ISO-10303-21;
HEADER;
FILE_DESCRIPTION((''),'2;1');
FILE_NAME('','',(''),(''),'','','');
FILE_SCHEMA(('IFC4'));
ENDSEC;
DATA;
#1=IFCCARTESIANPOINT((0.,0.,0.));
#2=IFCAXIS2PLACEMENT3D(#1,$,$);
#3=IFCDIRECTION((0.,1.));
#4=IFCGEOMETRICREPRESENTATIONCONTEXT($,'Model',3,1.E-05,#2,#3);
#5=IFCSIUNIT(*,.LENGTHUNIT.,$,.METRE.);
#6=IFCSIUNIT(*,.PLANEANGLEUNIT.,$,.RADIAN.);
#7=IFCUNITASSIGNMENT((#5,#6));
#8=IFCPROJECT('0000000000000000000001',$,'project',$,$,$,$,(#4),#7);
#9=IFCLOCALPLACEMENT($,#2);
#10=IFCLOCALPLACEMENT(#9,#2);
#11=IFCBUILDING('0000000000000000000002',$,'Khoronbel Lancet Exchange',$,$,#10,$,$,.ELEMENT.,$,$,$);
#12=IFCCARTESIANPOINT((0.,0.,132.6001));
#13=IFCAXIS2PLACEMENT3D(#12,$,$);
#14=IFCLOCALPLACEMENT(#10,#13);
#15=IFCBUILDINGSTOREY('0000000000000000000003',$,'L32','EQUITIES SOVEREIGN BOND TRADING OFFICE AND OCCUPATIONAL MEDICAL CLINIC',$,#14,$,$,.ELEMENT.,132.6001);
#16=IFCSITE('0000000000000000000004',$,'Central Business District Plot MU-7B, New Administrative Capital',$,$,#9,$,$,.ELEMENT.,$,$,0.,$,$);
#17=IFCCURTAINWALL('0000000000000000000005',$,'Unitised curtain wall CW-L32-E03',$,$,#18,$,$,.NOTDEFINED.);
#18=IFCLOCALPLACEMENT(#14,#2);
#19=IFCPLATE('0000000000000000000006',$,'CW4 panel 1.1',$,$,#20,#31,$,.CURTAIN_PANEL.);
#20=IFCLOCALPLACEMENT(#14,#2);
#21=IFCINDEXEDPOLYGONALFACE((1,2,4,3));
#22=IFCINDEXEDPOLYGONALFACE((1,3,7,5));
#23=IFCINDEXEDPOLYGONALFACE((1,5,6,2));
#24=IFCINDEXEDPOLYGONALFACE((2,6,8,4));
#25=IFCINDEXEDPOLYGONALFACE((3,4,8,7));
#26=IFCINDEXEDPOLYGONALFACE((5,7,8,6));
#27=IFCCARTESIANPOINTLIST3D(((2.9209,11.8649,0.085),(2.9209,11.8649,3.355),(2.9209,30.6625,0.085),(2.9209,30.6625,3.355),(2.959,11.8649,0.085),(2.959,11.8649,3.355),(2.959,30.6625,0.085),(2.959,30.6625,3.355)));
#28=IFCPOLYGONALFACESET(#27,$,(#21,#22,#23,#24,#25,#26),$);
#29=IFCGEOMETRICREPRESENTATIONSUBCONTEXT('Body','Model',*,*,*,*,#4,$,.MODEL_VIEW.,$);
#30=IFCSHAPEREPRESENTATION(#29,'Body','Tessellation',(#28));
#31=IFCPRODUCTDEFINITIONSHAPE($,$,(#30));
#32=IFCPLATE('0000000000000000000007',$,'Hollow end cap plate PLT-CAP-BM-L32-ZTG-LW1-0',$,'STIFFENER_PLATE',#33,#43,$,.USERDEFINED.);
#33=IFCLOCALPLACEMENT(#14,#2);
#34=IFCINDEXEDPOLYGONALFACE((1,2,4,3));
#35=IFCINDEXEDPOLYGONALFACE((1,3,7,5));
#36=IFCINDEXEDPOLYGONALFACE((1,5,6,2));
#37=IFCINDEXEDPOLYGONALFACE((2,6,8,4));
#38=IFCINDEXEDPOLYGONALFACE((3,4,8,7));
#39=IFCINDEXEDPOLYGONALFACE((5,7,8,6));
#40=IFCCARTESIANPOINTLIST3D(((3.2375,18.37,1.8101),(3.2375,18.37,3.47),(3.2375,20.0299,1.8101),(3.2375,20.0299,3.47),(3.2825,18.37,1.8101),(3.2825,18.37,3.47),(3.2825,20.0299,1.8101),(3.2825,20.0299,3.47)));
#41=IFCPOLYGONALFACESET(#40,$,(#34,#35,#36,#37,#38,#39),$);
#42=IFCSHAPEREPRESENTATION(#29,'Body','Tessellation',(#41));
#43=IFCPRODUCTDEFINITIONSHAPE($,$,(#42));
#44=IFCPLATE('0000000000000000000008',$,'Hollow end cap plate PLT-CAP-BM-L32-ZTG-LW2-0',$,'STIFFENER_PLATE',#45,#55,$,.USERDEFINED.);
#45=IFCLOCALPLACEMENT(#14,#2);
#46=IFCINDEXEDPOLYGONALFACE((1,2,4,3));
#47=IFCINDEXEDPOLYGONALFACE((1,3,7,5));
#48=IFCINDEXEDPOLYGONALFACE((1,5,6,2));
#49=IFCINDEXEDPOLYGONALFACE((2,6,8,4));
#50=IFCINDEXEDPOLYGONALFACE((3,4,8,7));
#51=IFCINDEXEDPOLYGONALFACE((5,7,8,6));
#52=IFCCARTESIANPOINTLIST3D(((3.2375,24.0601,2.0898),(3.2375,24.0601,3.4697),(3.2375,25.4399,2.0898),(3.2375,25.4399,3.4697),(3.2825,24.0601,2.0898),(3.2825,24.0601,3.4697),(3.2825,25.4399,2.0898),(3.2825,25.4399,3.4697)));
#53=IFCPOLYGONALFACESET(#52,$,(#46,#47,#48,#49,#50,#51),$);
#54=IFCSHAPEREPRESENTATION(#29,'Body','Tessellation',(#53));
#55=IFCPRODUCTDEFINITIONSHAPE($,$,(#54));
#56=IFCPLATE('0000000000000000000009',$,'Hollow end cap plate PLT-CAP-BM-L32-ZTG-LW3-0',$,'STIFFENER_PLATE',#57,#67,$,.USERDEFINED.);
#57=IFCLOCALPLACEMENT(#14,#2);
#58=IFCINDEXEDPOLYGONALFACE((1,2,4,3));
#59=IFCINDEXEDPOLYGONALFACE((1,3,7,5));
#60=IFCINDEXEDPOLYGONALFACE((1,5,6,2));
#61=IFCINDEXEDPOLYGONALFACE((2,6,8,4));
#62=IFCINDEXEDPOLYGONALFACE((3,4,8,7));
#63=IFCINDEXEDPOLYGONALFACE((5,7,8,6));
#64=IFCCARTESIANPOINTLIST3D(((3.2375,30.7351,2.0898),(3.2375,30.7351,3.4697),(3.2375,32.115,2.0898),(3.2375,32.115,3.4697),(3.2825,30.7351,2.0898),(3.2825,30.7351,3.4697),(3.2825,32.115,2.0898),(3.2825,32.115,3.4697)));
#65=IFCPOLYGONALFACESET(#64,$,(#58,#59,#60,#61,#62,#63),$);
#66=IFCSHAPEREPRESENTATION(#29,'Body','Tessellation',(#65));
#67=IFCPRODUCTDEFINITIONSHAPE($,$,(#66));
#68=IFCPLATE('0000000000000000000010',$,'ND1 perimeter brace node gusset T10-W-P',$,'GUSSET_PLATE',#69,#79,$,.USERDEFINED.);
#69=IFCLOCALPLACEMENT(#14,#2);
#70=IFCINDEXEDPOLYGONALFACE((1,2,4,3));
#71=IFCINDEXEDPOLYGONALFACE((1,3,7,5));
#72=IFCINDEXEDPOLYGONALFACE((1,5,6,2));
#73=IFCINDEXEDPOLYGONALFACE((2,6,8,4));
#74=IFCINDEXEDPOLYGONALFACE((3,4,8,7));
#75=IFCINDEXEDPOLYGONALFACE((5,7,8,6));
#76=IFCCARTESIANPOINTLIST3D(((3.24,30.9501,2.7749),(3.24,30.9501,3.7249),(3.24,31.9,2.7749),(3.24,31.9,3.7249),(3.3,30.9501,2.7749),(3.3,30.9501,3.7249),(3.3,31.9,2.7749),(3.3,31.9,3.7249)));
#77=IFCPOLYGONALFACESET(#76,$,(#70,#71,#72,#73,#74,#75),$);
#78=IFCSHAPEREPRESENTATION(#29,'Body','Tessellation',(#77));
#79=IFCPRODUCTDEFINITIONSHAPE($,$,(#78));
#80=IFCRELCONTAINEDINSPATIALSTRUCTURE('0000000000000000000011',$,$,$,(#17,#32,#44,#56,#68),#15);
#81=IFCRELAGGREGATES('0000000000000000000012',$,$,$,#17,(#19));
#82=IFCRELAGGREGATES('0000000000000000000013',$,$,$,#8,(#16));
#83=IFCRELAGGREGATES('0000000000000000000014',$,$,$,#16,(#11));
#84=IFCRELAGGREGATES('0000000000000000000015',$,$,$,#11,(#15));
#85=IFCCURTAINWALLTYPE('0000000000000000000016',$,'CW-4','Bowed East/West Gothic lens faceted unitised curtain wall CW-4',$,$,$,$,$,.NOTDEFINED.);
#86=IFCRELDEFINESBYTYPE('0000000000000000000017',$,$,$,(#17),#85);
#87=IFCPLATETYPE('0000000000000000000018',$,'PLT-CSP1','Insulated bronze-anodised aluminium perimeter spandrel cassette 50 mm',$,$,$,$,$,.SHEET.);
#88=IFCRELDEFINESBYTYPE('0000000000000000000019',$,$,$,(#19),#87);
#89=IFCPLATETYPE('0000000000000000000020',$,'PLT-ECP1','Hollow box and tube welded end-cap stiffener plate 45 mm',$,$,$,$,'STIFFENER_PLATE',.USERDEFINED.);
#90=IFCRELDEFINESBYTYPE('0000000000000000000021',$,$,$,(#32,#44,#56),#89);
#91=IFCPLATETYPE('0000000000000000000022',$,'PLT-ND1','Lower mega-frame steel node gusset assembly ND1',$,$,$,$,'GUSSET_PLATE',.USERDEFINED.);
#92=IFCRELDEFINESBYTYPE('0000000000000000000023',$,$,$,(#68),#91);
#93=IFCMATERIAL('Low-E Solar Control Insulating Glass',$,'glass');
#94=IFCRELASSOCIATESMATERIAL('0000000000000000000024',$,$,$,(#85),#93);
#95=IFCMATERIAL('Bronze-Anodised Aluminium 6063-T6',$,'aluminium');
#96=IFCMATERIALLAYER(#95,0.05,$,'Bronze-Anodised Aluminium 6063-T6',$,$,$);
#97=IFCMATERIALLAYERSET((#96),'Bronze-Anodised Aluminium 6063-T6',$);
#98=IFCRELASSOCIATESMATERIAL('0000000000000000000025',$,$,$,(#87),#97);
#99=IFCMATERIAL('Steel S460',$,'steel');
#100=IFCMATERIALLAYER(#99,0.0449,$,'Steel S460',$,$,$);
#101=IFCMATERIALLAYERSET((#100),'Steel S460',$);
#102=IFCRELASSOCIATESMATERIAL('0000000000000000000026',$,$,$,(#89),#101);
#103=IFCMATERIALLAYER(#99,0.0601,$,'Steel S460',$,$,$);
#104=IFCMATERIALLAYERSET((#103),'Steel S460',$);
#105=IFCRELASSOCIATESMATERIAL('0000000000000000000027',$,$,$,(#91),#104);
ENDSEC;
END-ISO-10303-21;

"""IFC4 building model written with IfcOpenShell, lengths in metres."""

from ifc_helpers import new_model, si_unit, direction, frame, origin, origin_2d, place, context, subcontext, project, spatial, rectangle, extrude, material, layer, layer_set, type_object, element, aggregate, save


model = new_model("IFC4")

# Units and contexts
model_context = context("Model", 3, precision=1e-05, world=origin(), true_north=direction((0.0, 1.0)))
body_context = subcontext(model_context, "Body", "Model", "MODEL_VIEW")
ifc_project = project(units=[si_unit("LENGTHUNIT", "METRE"), si_unit("PLANEANGLEUNIT", "RADIAN")], contexts=[model_context])

# Site, building, storey
site_placement = place(None, origin())
site = spatial("IfcSite", under=ifc_project, at=site_placement, Name="Central Business District Plot MU-7B, New Administrative Capital", CompositionType="ELEMENT", RefElevation=0.0)
building_placement = place(site_placement, origin())
building = spatial("IfcBuilding", under=site, at=building_placement, Name="Khoronbel Lancet Exchange", CompositionType="ELEMENT")
storey_placement = place(building_placement, frame((0.0, 0.0, 132.6001)))
storey = spatial("IfcBuildingStorey", under=building, at=storey_placement, Name="L32", Description="EQUITIES SOVEREIGN BOND TRADING OFFICE AND OCCUPATIONAL MEDICAL CLINIC", CompositionType="ELEMENT", Elevation=132.6001)

# Shared definitions
ifc_material_1 = material(Name="Steel S460", Category="steel")

# Curtain wall, plate
ifc_material_2 = material(Name="Low-E Solar Control Insulating Glass", Category="glass")
curtain_wall_type = type_object("IfcCurtainWallType", Name="CW-4", Description="Bowed East/West Gothic lens faceted unitised curtain wall CW-4", PredefinedType="NOTDEFINED", material=ifc_material_2)
curtain_wall_placement = place(storey_placement, origin())
curtain_wall = element("IfcCurtainWall", 1, at=curtain_wall_placement, inside=storey, type_object=curtain_wall_type, Name="Unitised curtain wall CW-L32-E03", PredefinedType="NOTDEFINED")
ifc_material_3 = material(Name="Bronze-Anodised Aluminium 6063-T6", Category="aluminium")
ifc_layer_1 = layer(ifc_material_3, 0.05, Name="Bronze-Anodised Aluminium 6063-T6")
ifc_layer_set_1 = layer_set([ifc_layer_1], Name="Bronze-Anodised Aluminium 6063-T6")
plate_type_1 = type_object("IfcPlateType", Name="PLT-CSP1", Description="Insulated bronze-anodised aluminium perimeter spandrel cassette 50 mm", PredefinedType="SHEET", material=ifc_layer_set_1)
plate_1_placement = place(storey_placement, frame((2.9399, 21.2637, 0.085), z_axis=(0.0, 0.0, 1.0), x_axis=(0.0, 1.0, 0.0)))
plate_1 = element("IfcPlate", 2, at=plate_1_placement, type_object=plate_type_1, Name="CW4 panel 1.1", PredefinedType="CURTAIN_PANEL", context=body_context, shape_type="SweptSolid", body=[
    extrude(rectangle(XDim=18.7976, YDim=0.0381, at=origin_2d()), origin(), (0.0, 0.0, 1.0), 3.27),
])
aggregate(curtain_wall, [plate_1])

# Plates
ifc_layer_2 = layer(ifc_material_1, 0.0449, Name="Steel S460")
ifc_layer_set_2 = layer_set([ifc_layer_2], Name="Steel S460")
plate_type_2 = type_object("IfcPlateType", Name="PLT-ECP1", Description="Hollow box and tube welded end-cap stiffener plate 45 mm", ElementType="STIFFENER_PLATE", PredefinedType="USERDEFINED", material=ifc_layer_set_2)
plate_2_placement = place(storey_placement, frame((3.26, 19.2, 1.8101), z_axis=(0.0, 0.0, 1.0), x_axis=(-1.0, 0.0, 0.0)))
element("IfcPlate", 3, at=plate_2_placement, inside=storey, type_object=plate_type_2, Name="Hollow end cap plate PLT-CAP-BM-L32-ZTG-LW1-0", ObjectType="STIFFENER_PLATE", PredefinedType="USERDEFINED", context=body_context, shape_type="SweptSolid", body=[
    extrude(rectangle(XDim=0.0449, YDim=1.6599, at=origin_2d()), origin(), (0.0, 0.0, 1.0), 1.6599),
])
for number, where, z_axis, x_axis, name in (
    (4, (3.26, 24.75, 2.0898), (0.0, 0.0, 1.0), (-1.0, 0.0, 0.0), "Hollow end cap plate PLT-CAP-BM-L32-ZTG-LW2-0"),
    (5, (3.26, 31.425, 2.0898), (0.0, 0.0, 1.0), (-1.0, 0.0, 0.0), "Hollow end cap plate PLT-CAP-BM-L32-ZTG-LW3-0"),
):
    element("IfcPlate", number, at=place(storey_placement, frame(where, z_axis=z_axis, x_axis=x_axis)), inside=storey, type_object=plate_type_2, Name=name, ObjectType="STIFFENER_PLATE", PredefinedType="USERDEFINED", context=body_context, shape_type="SweptSolid", body=[
        extrude(rectangle(XDim=0.0449, YDim=1.3799, at=origin_2d()), origin(), (0.0, 0.0, 1.0), 1.3799),
    ])
ifc_layer_3 = layer(ifc_material_1, 0.0601, Name="Steel S460")
ifc_layer_set_3 = layer_set([ifc_layer_3], Name="Steel S460")
plate_type_3 = type_object("IfcPlateType", Name="PLT-ND1", Description="Lower mega-frame steel node gusset assembly ND1", ElementType="GUSSET_PLATE", PredefinedType="USERDEFINED", material=ifc_layer_set_3)
plate_3_placement = place(storey_placement, frame((3.27, 31.425, 2.7749), z_axis=(0.0, 0.0, 1.0), x_axis=(0.0, 1.0, 0.0)))
element("IfcPlate", 6, at=plate_3_placement, inside=storey, type_object=plate_type_3, Name="ND1 perimeter brace node gusset T10-W-P", ObjectType="GUSSET_PLATE", PredefinedType="USERDEFINED", context=body_context, shape_type="SweptSolid", body=[
    extrude(rectangle(XDim=0.95, YDim=0.0601, at=origin_2d()), origin(), (0.0, 0.0, 1.0), 0.95),
])

save(model, "model.ifc")
